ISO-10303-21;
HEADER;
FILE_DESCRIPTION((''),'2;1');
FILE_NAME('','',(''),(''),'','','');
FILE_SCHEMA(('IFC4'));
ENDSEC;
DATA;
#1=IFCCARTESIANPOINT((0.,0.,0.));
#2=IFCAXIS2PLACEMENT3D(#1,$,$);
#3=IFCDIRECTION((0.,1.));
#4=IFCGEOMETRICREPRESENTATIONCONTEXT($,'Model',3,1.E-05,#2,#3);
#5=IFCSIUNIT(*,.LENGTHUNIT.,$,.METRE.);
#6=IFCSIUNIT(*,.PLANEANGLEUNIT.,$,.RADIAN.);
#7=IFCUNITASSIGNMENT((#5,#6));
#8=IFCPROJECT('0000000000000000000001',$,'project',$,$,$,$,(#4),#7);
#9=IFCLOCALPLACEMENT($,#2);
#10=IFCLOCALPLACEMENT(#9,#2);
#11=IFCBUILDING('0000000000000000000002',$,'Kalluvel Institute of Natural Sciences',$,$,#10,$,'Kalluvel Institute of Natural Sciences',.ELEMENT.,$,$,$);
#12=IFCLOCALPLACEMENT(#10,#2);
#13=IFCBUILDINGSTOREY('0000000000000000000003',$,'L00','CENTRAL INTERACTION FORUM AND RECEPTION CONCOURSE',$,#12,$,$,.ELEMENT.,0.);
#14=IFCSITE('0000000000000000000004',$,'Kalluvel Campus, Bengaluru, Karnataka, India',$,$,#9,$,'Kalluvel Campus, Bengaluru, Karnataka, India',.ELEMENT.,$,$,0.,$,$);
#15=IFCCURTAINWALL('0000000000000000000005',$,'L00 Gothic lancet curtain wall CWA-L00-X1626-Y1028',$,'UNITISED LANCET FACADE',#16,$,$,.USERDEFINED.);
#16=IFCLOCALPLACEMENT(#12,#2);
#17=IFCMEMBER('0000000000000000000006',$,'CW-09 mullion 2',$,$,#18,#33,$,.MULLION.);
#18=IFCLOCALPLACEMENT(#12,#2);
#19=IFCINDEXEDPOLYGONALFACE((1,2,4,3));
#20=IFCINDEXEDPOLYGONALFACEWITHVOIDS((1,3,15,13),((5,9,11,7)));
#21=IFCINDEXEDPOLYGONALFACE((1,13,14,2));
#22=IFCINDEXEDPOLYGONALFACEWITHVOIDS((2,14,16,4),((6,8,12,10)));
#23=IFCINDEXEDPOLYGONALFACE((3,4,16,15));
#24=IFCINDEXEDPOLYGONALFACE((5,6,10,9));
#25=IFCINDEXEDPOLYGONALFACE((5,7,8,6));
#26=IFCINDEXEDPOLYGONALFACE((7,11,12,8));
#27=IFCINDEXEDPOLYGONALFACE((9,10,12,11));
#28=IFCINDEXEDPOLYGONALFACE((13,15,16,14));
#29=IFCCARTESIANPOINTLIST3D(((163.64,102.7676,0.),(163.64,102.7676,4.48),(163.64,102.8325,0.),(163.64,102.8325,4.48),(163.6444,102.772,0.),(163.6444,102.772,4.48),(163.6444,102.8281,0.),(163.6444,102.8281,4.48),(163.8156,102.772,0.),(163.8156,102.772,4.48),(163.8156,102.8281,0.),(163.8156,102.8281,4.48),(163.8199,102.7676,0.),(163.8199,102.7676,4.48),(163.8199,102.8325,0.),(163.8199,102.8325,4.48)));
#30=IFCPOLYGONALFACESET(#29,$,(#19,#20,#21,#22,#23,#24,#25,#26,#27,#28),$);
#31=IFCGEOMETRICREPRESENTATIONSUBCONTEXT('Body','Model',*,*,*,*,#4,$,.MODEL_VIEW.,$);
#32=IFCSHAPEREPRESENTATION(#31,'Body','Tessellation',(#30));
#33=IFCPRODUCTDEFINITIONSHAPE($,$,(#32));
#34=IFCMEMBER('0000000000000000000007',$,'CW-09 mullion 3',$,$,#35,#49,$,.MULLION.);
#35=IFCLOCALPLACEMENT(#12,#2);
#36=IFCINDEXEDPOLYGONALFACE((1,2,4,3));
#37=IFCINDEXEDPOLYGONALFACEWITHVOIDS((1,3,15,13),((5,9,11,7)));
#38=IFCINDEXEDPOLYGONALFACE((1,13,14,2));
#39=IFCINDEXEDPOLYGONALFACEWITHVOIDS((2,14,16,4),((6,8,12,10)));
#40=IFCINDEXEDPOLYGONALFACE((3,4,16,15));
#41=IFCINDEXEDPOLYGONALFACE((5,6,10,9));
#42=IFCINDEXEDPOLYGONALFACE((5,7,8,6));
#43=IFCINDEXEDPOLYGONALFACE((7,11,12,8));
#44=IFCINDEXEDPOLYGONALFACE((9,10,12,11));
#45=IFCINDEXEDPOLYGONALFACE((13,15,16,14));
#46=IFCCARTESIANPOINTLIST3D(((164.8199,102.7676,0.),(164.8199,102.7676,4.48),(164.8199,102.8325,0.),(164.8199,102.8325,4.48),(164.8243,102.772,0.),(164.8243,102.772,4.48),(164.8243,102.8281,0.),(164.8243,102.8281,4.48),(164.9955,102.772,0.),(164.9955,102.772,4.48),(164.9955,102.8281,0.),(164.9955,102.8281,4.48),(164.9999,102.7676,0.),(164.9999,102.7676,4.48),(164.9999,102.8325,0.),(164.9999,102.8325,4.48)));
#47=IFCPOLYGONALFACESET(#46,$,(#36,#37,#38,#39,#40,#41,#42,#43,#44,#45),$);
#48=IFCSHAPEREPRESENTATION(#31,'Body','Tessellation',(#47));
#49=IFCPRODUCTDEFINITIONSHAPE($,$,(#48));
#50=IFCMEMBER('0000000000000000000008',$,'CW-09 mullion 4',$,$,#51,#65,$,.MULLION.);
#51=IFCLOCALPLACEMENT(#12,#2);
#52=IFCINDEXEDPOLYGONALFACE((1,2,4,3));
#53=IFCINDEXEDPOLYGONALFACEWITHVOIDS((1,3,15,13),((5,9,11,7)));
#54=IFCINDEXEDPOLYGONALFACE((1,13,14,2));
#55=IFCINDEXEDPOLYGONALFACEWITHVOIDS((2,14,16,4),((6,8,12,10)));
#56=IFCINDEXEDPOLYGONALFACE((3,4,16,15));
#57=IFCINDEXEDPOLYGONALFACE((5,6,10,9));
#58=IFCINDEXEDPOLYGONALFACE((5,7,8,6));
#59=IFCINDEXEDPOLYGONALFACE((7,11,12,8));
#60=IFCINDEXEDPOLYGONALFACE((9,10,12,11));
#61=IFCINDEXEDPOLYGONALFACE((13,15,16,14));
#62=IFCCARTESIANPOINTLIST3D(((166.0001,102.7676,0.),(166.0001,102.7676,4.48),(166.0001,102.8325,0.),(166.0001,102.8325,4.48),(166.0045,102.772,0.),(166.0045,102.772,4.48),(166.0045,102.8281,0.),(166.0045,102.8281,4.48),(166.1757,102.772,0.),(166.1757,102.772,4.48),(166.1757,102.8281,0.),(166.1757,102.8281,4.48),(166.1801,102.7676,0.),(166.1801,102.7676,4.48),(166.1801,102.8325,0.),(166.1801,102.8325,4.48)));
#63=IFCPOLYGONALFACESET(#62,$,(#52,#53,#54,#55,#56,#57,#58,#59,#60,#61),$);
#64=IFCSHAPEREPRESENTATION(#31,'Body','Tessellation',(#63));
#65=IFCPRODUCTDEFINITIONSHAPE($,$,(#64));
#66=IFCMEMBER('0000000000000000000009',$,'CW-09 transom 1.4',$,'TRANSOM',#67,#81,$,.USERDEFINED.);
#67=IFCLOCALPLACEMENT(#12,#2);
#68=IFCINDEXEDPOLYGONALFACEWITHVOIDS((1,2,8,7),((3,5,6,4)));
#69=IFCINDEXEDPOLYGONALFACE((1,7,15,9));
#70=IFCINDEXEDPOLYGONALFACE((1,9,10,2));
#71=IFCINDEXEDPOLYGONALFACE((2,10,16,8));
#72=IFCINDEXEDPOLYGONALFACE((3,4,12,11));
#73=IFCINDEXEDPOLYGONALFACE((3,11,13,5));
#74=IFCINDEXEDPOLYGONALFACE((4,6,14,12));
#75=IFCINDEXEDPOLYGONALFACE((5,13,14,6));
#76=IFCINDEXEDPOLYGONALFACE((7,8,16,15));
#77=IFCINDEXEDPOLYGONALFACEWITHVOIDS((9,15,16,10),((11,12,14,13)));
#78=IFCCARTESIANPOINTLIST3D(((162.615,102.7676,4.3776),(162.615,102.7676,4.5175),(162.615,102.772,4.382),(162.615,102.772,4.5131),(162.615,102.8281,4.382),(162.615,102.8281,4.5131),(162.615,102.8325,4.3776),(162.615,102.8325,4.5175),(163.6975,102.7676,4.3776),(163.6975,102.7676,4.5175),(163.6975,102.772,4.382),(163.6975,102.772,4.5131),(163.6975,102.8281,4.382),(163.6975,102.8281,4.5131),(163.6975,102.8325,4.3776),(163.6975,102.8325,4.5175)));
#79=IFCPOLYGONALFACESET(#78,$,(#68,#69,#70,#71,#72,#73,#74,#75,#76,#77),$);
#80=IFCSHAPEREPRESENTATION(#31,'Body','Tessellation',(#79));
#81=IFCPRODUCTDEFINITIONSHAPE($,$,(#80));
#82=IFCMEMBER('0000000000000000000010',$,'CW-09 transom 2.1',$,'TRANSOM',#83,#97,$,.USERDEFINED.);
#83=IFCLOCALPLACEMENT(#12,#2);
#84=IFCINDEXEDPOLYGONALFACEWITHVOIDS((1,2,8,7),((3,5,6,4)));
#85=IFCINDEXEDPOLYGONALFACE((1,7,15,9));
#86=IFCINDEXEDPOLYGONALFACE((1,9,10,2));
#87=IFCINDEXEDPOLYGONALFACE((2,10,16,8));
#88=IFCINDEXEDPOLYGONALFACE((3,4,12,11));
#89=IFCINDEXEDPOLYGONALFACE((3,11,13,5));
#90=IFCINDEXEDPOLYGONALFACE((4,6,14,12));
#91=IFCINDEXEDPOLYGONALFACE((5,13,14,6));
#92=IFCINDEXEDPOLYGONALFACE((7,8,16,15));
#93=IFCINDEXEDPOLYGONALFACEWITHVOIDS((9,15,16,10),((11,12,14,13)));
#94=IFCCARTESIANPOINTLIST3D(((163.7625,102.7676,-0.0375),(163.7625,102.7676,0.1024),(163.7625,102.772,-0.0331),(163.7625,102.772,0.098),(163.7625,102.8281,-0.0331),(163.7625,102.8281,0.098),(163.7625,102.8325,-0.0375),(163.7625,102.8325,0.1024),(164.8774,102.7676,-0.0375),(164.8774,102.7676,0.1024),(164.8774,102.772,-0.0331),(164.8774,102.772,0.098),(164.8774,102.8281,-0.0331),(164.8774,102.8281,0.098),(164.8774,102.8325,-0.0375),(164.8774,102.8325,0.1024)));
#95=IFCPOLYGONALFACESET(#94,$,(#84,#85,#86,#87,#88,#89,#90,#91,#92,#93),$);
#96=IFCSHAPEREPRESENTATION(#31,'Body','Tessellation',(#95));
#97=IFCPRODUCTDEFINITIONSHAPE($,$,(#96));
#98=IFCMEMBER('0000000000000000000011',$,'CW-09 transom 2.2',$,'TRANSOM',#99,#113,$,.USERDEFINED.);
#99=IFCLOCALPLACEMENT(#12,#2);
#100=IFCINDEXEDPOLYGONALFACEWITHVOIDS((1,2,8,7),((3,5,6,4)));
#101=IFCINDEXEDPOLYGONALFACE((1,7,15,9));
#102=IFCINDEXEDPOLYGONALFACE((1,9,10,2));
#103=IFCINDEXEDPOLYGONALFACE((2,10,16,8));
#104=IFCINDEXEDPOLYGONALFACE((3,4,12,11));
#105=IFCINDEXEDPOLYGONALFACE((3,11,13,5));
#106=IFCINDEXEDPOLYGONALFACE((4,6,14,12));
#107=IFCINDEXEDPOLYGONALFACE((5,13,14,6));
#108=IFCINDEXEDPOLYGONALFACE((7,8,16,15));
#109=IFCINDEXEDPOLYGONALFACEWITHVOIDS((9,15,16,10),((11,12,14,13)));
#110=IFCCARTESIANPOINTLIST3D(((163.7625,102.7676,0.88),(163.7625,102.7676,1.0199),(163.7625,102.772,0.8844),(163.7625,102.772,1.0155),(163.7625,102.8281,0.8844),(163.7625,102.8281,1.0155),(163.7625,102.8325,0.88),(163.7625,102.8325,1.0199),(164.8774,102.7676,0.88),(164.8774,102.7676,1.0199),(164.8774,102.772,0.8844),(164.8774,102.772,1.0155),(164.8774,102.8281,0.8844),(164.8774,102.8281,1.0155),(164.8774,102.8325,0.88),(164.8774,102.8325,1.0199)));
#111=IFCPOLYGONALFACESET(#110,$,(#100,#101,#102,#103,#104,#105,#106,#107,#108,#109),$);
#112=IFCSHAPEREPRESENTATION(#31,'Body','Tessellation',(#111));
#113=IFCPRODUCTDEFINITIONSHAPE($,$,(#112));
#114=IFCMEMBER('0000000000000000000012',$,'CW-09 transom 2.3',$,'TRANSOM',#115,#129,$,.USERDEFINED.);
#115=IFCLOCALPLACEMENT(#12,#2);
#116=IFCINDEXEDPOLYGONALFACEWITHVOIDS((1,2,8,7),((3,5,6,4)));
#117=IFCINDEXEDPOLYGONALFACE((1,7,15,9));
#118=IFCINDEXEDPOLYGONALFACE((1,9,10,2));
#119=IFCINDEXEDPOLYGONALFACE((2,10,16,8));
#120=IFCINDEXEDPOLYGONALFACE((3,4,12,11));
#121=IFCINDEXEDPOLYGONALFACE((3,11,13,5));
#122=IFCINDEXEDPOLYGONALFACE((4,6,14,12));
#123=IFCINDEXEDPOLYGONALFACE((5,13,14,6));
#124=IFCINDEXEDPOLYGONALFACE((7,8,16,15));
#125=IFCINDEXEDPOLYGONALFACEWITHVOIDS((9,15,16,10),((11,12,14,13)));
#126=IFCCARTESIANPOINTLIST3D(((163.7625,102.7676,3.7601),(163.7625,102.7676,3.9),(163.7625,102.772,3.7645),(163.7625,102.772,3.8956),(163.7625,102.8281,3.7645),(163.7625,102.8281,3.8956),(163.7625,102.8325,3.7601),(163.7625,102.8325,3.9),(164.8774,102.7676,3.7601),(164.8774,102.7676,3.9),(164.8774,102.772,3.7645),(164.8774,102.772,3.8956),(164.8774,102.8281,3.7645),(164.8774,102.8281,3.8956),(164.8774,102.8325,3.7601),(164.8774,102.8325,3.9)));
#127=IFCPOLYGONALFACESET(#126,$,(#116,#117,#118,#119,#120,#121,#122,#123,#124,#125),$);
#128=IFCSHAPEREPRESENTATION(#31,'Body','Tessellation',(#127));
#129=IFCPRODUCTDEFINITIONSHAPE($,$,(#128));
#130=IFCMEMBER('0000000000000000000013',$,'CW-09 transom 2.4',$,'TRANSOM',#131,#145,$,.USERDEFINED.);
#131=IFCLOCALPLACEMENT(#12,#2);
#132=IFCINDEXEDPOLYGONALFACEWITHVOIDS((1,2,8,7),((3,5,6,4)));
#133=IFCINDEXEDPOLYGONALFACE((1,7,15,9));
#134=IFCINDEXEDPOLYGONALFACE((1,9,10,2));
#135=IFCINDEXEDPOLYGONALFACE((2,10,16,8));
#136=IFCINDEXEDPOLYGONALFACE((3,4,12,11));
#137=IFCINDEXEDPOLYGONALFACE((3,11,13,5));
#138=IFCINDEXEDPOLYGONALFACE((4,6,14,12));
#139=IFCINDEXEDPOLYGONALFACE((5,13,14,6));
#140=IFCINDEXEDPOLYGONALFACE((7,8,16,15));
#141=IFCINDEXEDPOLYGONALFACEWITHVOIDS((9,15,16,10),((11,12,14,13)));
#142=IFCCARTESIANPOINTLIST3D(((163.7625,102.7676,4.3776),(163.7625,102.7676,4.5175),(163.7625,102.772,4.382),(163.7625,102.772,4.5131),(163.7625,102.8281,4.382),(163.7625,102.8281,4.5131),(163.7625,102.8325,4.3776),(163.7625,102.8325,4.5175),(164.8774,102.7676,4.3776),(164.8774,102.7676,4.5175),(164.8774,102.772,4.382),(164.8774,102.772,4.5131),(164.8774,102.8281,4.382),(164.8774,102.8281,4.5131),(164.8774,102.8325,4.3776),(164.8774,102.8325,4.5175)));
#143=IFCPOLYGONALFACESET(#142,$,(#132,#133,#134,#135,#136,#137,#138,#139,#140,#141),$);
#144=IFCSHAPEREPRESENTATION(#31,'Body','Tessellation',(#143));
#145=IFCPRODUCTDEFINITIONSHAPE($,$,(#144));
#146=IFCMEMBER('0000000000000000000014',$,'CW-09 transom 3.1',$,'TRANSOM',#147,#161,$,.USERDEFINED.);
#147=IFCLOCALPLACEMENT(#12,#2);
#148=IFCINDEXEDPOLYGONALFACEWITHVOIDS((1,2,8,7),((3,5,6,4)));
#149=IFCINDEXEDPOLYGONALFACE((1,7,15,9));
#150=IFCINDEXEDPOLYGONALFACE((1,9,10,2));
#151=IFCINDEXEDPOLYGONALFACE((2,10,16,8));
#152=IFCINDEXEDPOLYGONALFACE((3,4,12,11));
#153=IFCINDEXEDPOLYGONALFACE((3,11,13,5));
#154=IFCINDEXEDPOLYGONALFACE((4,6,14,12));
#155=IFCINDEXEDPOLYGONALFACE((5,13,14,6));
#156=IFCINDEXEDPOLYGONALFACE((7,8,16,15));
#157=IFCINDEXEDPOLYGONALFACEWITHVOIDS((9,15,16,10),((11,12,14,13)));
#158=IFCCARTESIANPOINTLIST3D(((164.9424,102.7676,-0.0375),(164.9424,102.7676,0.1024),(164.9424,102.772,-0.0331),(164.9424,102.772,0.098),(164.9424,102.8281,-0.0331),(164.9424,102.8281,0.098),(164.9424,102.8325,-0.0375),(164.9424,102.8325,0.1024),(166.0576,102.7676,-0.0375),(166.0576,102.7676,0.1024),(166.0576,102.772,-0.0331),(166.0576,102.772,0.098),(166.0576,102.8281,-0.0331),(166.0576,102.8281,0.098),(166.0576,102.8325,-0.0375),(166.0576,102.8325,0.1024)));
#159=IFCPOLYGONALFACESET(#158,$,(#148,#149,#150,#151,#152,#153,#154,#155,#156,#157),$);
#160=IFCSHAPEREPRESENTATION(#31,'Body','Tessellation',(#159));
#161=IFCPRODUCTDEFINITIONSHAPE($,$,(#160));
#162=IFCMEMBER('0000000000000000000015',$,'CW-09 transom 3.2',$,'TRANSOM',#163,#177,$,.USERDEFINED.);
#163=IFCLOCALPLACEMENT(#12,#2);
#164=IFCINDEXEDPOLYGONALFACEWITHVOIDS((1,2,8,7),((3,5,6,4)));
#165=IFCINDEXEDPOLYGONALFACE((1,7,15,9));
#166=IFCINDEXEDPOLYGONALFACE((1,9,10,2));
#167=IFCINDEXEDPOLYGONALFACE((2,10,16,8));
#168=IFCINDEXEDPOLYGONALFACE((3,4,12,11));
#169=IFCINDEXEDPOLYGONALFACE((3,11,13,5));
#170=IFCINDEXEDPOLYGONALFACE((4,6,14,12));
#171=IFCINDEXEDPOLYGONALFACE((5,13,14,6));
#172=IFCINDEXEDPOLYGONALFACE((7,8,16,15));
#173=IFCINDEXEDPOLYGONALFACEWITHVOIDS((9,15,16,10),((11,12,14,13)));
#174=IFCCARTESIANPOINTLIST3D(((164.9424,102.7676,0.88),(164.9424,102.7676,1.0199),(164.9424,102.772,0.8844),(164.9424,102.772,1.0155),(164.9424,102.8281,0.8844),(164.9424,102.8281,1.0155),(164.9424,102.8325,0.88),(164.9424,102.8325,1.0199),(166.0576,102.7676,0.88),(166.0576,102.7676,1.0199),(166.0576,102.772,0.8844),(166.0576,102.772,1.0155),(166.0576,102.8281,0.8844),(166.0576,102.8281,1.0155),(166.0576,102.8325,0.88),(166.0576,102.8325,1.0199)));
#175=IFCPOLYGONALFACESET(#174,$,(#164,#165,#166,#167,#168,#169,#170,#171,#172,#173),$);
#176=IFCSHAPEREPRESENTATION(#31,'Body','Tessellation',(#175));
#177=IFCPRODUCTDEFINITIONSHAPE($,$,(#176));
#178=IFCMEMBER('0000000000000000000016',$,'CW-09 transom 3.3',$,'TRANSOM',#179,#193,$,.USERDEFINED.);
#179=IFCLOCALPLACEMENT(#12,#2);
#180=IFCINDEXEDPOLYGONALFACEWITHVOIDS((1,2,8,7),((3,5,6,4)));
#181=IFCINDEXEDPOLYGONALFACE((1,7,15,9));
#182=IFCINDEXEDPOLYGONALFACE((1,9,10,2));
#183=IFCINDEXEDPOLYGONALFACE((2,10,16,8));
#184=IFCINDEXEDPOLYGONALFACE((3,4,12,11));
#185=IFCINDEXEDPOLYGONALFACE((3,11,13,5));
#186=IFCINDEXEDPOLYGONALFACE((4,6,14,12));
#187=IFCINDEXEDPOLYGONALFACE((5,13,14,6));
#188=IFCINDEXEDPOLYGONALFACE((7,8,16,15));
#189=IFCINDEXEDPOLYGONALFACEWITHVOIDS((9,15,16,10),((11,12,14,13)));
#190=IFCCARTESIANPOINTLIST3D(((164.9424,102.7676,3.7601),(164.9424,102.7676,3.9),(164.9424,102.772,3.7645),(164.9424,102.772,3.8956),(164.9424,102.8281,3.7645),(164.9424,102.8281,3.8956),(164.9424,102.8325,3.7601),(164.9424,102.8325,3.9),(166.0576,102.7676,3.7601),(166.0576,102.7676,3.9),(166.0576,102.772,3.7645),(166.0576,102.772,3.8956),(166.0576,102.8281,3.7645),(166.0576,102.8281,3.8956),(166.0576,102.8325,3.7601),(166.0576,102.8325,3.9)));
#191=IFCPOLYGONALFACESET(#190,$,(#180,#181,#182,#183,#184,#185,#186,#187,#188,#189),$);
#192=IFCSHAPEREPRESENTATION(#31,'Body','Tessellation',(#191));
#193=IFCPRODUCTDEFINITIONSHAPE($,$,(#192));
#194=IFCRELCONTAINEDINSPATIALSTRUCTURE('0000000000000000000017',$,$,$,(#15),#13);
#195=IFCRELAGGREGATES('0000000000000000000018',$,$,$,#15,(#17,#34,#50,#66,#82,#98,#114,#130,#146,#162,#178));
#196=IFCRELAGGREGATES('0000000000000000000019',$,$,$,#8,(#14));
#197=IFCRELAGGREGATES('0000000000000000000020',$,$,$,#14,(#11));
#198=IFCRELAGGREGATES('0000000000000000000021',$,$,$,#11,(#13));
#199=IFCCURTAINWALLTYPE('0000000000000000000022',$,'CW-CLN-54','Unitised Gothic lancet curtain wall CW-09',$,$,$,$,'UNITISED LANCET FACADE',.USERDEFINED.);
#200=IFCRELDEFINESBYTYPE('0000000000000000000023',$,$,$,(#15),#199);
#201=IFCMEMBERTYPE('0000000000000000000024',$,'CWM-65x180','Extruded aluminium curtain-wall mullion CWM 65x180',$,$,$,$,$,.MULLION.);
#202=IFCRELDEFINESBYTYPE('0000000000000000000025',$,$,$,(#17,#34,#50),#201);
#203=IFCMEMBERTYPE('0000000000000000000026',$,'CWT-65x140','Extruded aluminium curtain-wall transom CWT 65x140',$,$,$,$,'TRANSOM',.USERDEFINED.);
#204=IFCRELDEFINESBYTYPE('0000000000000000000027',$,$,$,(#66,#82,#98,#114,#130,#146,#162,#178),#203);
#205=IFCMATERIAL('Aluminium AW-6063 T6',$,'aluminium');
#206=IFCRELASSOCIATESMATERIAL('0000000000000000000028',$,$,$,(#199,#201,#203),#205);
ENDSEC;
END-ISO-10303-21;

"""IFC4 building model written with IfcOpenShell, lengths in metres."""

from ifc_helpers import new_model, si_unit, direction, frame, origin, origin_2d, place, context, subcontext, project, spatial, hollow_rectangle, extrude, material, material_profile, profile_set, type_object, element, aggregate, save


model = new_model("IFC4")

# Units and contexts
model_context = context("Model", 3, precision=1e-05, world=origin(), true_north=direction((0.0, 1.0)))
body_context = subcontext(model_context, "Body", "Model", "MODEL_VIEW")
ifc_project = project(units=[si_unit("LENGTHUNIT", "METRE"), si_unit("PLANEANGLEUNIT", "RADIAN")], contexts=[model_context])

# Site, building, storey
site_placement = place(None, origin())
site = spatial("IfcSite", under=ifc_project, at=site_placement, Name="Kalluvel Campus, Bengaluru, Karnataka, India", LongName="Kalluvel Campus, Bengaluru, Karnataka, India", CompositionType="ELEMENT", RefElevation=0.0)
building_placement = place(site_placement, origin())
building = spatial("IfcBuilding", under=site, at=building_placement, Name="Kalluvel Institute of Natural Sciences", LongName="Kalluvel Institute of Natural Sciences", CompositionType="ELEMENT")
storey_placement = place(building_placement, origin())
storey = spatial("IfcBuildingStorey", under=building, at=storey_placement, Name="L00", Description="CENTRAL INTERACTION FORUM AND RECEPTION CONCOURSE", CompositionType="ELEMENT", Elevation=0.0)

# Curtain wall, members
ifc_material_1 = material(Name="Aluminium AW-6063 T6", Category="aluminium")
curtain_wall_type = type_object("IfcCurtainWallType", Name="CW-CLN-54", Description="Unitised Gothic lancet curtain wall CW-09", ElementType="UNITISED LANCET FACADE", PredefinedType="USERDEFINED", material=ifc_material_1)
curtain_wall_placement = place(storey_placement, origin())
curtain_wall = element("IfcCurtainWall", 1, at=curtain_wall_placement, inside=storey, type_object=curtain_wall_type, Name="L00 Gothic lancet curtain wall CWA-L00-X1626-Y1028", ObjectType="UNITISED LANCET FACADE", PredefinedType="USERDEFINED")
ifc_material_profile_1 = material_profile(ifc_material_1, hollow_rectangle(XDim=0.0649, YDim=0.1799, WallThickness=0.0044, at=origin_2d()), Name="CWM 65x180")
ifc_profile_set_1 = profile_set([ifc_material_profile_1], Name="Aluminium AW-6063 T6")
member_type_1 = type_object("IfcMemberType", Name="CWM-65x180", Description="Extruded aluminium curtain-wall mullion CWM 65x180", PredefinedType="MULLION", material=ifc_profile_set_1)
member_1_placement = place(storey_placement, frame((163.73, 102.8, 0.0), z_axis=(0.0, 0.0, 1.0), x_axis=(0.0, 1.0, 0.0)))
member_1 = element("IfcMember", 2, at=member_1_placement, type_object=member_type_1, Name="CW-09 mullion 2", PredefinedType="MULLION", context=body_context, shape_type="SweptSolid", body=[
    extrude(hollow_rectangle(XDim=0.0649, YDim=0.1799, WallThickness=0.0044, at=origin_2d()), origin(), (0.0, 0.0, 1.0), 4.48),
])
member_2_placement = place(storey_placement, frame((164.9099, 102.8, 0.0), z_axis=(0.0, 0.0, 1.0), x_axis=(0.0, 1.0, 0.0)))
member_2 = element("IfcMember", 3, at=member_2_placement, type_object=member_type_1, Name="CW-09 mullion 3", PredefinedType="MULLION", context=body_context, shape_type="SweptSolid", body=[
    extrude(hollow_rectangle(XDim=0.0649, YDim=0.1799, WallThickness=0.0044, at=origin_2d()), origin(), (0.0, 0.0, 1.0), 4.48),
])
member_3_placement = place(storey_placement, frame((166.0901, 102.8, 0.0), z_axis=(0.0, 0.0, 1.0), x_axis=(0.0, 1.0, 0.0)))
member_3 = element("IfcMember", 4, at=member_3_placement, type_object=member_type_1, Name="CW-09 mullion 4", PredefinedType="MULLION", context=body_context, shape_type="SweptSolid", body=[
    extrude(hollow_rectangle(XDim=0.0649, YDim=0.1799, WallThickness=0.0044, at=origin_2d()), origin(), (0.0, 0.0, 1.0), 4.48),
])
ifc_material_profile_2 = material_profile(ifc_material_1, hollow_rectangle(XDim=0.0649, YDim=0.1399, WallThickness=0.0044, at=origin_2d()), Name="CWT 65x140")
ifc_profile_set_2 = profile_set([ifc_material_profile_2], Name="Aluminium AW-6063 T6")
member_type_2 = type_object("IfcMemberType", Name="CWT-65x140", Description="Extruded aluminium curtain-wall transom CWT 65x140", ElementType="TRANSOM", PredefinedType="USERDEFINED", material=ifc_profile_set_2)
member_4_placement = place(storey_placement, frame((162.615, 102.8, 4.4475), z_axis=(1.0, 0.0, 0.0), x_axis=(0.0, 1.0, 0.0)))
member_4 = element("IfcMember", 5, at=member_4_placement, type_object=member_type_2, Name="CW-09 transom 1.4", ObjectType="TRANSOM", PredefinedType="USERDEFINED", context=body_context, shape_type="SweptSolid", body=[
    extrude(hollow_rectangle(XDim=0.0649, YDim=0.1399, WallThickness=0.0044, at=origin_2d()), origin(), (0.0, 0.0, 1.0), 1.0825),
])
member_5_placement = place(storey_placement, frame((163.7625, 102.8, 0.0325), z_axis=(1.0, 0.0, 0.0), x_axis=(0.0, 1.0, 0.0)))
member_5 = element("IfcMember", 6, at=member_5_placement, type_object=member_type_2, Name="CW-09 transom 2.1", ObjectType="TRANSOM", PredefinedType="USERDEFINED", context=body_context, shape_type="SweptSolid", body=[
    extrude(hollow_rectangle(XDim=0.0649, YDim=0.1399, WallThickness=0.0044, at=origin_2d()), origin(), (0.0, 0.0, 1.0), 1.115),
])
member_6_placement = place(storey_placement, frame((163.7625, 102.8, 0.95), z_axis=(1.0, 0.0, 0.0), x_axis=(0.0, 1.0, 0.0)))
member_6 = element("IfcMember", 7, at=member_6_placement, type_object=member_type_2, Name="CW-09 transom 2.2", ObjectType="TRANSOM", PredefinedType="USERDEFINED", context=body_context, shape_type="SweptSolid", body=[
    extrude(hollow_rectangle(XDim=0.0649, YDim=0.1399, WallThickness=0.0044, at=origin_2d()), origin(), (0.0, 0.0, 1.0), 1.115),
])
member_7_placement = place(storey_placement, frame((163.7625, 102.8, 3.8301), z_axis=(1.0, 0.0, 0.0), x_axis=(0.0, 1.0, 0.0)))
member_7 = element("IfcMember", 8, at=member_7_placement, type_object=member_type_2, Name="CW-09 transom 2.3", ObjectType="TRANSOM", PredefinedType="USERDEFINED", context=body_context, shape_type="SweptSolid", body=[
    extrude(hollow_rectangle(XDim=0.0649, YDim=0.1399, WallThickness=0.0044, at=origin_2d()), origin(), (0.0, 0.0, 1.0), 1.115),
])
member_8_placement = place(storey_placement, frame((163.7625, 102.8, 4.4475), z_axis=(1.0, 0.0, 0.0), x_axis=(0.0, 1.0, 0.0)))
member_8 = element("IfcMember", 9, at=member_8_placement, type_object=member_type_2, Name="CW-09 transom 2.4", ObjectType="TRANSOM", PredefinedType="USERDEFINED", context=body_context, shape_type="SweptSolid", body=[
    extrude(hollow_rectangle(XDim=0.0649, YDim=0.1399, WallThickness=0.0044, at=origin_2d()), origin(), (0.0, 0.0, 1.0), 1.115),
])
member_9_placement = place(storey_placement, frame((164.9424, 102.8, 0.0325), z_axis=(1.0, 0.0, 0.0), x_axis=(0.0, 1.0, 0.0)))
member_9 = element("IfcMember", 10, at=member_9_placement, type_object=member_type_2, Name="CW-09 transom 3.1", ObjectType="TRANSOM", PredefinedType="USERDEFINED", context=body_context, shape_type="SweptSolid", body=[
    extrude(hollow_rectangle(XDim=0.0649, YDim=0.1399, WallThickness=0.0044, at=origin_2d()), origin(), (0.0, 0.0, 1.0), 1.1152),
])
member_10_placement = place(storey_placement, frame((164.9424, 102.8, 0.95), z_axis=(1.0, 0.0, 0.0), x_axis=(0.0, 1.0, 0.0)))
member_10 = element("IfcMember", 11, at=member_10_placement, type_object=member_type_2, Name="CW-09 transom 3.2", ObjectType="TRANSOM", PredefinedType="USERDEFINED", context=body_context, shape_type="SweptSolid", body=[
    extrude(hollow_rectangle(XDim=0.0649, YDim=0.1399, WallThickness=0.0044, at=origin_2d()), origin(), (0.0, 0.0, 1.0), 1.1152),
])
member_11_placement = place(storey_placement, frame((164.9424, 102.8, 3.8301), z_axis=(1.0, 0.0, 0.0), x_axis=(0.0, 1.0, 0.0)))
member_11 = element("IfcMember", 12, at=member_11_placement, type_object=member_type_2, Name="CW-09 transom 3.3", ObjectType="TRANSOM", PredefinedType="USERDEFINED", context=body_context, shape_type="SweptSolid", body=[
    extrude(hollow_rectangle(XDim=0.0649, YDim=0.1399, WallThickness=0.0044, at=origin_2d()), origin(), (0.0, 0.0, 1.0), 1.1152),
])
aggregate(curtain_wall, [member_1, member_2, member_3, member_4, member_5, member_6, member_7, member_8, member_9, member_10, member_11])

save(model, "model.ifc")
